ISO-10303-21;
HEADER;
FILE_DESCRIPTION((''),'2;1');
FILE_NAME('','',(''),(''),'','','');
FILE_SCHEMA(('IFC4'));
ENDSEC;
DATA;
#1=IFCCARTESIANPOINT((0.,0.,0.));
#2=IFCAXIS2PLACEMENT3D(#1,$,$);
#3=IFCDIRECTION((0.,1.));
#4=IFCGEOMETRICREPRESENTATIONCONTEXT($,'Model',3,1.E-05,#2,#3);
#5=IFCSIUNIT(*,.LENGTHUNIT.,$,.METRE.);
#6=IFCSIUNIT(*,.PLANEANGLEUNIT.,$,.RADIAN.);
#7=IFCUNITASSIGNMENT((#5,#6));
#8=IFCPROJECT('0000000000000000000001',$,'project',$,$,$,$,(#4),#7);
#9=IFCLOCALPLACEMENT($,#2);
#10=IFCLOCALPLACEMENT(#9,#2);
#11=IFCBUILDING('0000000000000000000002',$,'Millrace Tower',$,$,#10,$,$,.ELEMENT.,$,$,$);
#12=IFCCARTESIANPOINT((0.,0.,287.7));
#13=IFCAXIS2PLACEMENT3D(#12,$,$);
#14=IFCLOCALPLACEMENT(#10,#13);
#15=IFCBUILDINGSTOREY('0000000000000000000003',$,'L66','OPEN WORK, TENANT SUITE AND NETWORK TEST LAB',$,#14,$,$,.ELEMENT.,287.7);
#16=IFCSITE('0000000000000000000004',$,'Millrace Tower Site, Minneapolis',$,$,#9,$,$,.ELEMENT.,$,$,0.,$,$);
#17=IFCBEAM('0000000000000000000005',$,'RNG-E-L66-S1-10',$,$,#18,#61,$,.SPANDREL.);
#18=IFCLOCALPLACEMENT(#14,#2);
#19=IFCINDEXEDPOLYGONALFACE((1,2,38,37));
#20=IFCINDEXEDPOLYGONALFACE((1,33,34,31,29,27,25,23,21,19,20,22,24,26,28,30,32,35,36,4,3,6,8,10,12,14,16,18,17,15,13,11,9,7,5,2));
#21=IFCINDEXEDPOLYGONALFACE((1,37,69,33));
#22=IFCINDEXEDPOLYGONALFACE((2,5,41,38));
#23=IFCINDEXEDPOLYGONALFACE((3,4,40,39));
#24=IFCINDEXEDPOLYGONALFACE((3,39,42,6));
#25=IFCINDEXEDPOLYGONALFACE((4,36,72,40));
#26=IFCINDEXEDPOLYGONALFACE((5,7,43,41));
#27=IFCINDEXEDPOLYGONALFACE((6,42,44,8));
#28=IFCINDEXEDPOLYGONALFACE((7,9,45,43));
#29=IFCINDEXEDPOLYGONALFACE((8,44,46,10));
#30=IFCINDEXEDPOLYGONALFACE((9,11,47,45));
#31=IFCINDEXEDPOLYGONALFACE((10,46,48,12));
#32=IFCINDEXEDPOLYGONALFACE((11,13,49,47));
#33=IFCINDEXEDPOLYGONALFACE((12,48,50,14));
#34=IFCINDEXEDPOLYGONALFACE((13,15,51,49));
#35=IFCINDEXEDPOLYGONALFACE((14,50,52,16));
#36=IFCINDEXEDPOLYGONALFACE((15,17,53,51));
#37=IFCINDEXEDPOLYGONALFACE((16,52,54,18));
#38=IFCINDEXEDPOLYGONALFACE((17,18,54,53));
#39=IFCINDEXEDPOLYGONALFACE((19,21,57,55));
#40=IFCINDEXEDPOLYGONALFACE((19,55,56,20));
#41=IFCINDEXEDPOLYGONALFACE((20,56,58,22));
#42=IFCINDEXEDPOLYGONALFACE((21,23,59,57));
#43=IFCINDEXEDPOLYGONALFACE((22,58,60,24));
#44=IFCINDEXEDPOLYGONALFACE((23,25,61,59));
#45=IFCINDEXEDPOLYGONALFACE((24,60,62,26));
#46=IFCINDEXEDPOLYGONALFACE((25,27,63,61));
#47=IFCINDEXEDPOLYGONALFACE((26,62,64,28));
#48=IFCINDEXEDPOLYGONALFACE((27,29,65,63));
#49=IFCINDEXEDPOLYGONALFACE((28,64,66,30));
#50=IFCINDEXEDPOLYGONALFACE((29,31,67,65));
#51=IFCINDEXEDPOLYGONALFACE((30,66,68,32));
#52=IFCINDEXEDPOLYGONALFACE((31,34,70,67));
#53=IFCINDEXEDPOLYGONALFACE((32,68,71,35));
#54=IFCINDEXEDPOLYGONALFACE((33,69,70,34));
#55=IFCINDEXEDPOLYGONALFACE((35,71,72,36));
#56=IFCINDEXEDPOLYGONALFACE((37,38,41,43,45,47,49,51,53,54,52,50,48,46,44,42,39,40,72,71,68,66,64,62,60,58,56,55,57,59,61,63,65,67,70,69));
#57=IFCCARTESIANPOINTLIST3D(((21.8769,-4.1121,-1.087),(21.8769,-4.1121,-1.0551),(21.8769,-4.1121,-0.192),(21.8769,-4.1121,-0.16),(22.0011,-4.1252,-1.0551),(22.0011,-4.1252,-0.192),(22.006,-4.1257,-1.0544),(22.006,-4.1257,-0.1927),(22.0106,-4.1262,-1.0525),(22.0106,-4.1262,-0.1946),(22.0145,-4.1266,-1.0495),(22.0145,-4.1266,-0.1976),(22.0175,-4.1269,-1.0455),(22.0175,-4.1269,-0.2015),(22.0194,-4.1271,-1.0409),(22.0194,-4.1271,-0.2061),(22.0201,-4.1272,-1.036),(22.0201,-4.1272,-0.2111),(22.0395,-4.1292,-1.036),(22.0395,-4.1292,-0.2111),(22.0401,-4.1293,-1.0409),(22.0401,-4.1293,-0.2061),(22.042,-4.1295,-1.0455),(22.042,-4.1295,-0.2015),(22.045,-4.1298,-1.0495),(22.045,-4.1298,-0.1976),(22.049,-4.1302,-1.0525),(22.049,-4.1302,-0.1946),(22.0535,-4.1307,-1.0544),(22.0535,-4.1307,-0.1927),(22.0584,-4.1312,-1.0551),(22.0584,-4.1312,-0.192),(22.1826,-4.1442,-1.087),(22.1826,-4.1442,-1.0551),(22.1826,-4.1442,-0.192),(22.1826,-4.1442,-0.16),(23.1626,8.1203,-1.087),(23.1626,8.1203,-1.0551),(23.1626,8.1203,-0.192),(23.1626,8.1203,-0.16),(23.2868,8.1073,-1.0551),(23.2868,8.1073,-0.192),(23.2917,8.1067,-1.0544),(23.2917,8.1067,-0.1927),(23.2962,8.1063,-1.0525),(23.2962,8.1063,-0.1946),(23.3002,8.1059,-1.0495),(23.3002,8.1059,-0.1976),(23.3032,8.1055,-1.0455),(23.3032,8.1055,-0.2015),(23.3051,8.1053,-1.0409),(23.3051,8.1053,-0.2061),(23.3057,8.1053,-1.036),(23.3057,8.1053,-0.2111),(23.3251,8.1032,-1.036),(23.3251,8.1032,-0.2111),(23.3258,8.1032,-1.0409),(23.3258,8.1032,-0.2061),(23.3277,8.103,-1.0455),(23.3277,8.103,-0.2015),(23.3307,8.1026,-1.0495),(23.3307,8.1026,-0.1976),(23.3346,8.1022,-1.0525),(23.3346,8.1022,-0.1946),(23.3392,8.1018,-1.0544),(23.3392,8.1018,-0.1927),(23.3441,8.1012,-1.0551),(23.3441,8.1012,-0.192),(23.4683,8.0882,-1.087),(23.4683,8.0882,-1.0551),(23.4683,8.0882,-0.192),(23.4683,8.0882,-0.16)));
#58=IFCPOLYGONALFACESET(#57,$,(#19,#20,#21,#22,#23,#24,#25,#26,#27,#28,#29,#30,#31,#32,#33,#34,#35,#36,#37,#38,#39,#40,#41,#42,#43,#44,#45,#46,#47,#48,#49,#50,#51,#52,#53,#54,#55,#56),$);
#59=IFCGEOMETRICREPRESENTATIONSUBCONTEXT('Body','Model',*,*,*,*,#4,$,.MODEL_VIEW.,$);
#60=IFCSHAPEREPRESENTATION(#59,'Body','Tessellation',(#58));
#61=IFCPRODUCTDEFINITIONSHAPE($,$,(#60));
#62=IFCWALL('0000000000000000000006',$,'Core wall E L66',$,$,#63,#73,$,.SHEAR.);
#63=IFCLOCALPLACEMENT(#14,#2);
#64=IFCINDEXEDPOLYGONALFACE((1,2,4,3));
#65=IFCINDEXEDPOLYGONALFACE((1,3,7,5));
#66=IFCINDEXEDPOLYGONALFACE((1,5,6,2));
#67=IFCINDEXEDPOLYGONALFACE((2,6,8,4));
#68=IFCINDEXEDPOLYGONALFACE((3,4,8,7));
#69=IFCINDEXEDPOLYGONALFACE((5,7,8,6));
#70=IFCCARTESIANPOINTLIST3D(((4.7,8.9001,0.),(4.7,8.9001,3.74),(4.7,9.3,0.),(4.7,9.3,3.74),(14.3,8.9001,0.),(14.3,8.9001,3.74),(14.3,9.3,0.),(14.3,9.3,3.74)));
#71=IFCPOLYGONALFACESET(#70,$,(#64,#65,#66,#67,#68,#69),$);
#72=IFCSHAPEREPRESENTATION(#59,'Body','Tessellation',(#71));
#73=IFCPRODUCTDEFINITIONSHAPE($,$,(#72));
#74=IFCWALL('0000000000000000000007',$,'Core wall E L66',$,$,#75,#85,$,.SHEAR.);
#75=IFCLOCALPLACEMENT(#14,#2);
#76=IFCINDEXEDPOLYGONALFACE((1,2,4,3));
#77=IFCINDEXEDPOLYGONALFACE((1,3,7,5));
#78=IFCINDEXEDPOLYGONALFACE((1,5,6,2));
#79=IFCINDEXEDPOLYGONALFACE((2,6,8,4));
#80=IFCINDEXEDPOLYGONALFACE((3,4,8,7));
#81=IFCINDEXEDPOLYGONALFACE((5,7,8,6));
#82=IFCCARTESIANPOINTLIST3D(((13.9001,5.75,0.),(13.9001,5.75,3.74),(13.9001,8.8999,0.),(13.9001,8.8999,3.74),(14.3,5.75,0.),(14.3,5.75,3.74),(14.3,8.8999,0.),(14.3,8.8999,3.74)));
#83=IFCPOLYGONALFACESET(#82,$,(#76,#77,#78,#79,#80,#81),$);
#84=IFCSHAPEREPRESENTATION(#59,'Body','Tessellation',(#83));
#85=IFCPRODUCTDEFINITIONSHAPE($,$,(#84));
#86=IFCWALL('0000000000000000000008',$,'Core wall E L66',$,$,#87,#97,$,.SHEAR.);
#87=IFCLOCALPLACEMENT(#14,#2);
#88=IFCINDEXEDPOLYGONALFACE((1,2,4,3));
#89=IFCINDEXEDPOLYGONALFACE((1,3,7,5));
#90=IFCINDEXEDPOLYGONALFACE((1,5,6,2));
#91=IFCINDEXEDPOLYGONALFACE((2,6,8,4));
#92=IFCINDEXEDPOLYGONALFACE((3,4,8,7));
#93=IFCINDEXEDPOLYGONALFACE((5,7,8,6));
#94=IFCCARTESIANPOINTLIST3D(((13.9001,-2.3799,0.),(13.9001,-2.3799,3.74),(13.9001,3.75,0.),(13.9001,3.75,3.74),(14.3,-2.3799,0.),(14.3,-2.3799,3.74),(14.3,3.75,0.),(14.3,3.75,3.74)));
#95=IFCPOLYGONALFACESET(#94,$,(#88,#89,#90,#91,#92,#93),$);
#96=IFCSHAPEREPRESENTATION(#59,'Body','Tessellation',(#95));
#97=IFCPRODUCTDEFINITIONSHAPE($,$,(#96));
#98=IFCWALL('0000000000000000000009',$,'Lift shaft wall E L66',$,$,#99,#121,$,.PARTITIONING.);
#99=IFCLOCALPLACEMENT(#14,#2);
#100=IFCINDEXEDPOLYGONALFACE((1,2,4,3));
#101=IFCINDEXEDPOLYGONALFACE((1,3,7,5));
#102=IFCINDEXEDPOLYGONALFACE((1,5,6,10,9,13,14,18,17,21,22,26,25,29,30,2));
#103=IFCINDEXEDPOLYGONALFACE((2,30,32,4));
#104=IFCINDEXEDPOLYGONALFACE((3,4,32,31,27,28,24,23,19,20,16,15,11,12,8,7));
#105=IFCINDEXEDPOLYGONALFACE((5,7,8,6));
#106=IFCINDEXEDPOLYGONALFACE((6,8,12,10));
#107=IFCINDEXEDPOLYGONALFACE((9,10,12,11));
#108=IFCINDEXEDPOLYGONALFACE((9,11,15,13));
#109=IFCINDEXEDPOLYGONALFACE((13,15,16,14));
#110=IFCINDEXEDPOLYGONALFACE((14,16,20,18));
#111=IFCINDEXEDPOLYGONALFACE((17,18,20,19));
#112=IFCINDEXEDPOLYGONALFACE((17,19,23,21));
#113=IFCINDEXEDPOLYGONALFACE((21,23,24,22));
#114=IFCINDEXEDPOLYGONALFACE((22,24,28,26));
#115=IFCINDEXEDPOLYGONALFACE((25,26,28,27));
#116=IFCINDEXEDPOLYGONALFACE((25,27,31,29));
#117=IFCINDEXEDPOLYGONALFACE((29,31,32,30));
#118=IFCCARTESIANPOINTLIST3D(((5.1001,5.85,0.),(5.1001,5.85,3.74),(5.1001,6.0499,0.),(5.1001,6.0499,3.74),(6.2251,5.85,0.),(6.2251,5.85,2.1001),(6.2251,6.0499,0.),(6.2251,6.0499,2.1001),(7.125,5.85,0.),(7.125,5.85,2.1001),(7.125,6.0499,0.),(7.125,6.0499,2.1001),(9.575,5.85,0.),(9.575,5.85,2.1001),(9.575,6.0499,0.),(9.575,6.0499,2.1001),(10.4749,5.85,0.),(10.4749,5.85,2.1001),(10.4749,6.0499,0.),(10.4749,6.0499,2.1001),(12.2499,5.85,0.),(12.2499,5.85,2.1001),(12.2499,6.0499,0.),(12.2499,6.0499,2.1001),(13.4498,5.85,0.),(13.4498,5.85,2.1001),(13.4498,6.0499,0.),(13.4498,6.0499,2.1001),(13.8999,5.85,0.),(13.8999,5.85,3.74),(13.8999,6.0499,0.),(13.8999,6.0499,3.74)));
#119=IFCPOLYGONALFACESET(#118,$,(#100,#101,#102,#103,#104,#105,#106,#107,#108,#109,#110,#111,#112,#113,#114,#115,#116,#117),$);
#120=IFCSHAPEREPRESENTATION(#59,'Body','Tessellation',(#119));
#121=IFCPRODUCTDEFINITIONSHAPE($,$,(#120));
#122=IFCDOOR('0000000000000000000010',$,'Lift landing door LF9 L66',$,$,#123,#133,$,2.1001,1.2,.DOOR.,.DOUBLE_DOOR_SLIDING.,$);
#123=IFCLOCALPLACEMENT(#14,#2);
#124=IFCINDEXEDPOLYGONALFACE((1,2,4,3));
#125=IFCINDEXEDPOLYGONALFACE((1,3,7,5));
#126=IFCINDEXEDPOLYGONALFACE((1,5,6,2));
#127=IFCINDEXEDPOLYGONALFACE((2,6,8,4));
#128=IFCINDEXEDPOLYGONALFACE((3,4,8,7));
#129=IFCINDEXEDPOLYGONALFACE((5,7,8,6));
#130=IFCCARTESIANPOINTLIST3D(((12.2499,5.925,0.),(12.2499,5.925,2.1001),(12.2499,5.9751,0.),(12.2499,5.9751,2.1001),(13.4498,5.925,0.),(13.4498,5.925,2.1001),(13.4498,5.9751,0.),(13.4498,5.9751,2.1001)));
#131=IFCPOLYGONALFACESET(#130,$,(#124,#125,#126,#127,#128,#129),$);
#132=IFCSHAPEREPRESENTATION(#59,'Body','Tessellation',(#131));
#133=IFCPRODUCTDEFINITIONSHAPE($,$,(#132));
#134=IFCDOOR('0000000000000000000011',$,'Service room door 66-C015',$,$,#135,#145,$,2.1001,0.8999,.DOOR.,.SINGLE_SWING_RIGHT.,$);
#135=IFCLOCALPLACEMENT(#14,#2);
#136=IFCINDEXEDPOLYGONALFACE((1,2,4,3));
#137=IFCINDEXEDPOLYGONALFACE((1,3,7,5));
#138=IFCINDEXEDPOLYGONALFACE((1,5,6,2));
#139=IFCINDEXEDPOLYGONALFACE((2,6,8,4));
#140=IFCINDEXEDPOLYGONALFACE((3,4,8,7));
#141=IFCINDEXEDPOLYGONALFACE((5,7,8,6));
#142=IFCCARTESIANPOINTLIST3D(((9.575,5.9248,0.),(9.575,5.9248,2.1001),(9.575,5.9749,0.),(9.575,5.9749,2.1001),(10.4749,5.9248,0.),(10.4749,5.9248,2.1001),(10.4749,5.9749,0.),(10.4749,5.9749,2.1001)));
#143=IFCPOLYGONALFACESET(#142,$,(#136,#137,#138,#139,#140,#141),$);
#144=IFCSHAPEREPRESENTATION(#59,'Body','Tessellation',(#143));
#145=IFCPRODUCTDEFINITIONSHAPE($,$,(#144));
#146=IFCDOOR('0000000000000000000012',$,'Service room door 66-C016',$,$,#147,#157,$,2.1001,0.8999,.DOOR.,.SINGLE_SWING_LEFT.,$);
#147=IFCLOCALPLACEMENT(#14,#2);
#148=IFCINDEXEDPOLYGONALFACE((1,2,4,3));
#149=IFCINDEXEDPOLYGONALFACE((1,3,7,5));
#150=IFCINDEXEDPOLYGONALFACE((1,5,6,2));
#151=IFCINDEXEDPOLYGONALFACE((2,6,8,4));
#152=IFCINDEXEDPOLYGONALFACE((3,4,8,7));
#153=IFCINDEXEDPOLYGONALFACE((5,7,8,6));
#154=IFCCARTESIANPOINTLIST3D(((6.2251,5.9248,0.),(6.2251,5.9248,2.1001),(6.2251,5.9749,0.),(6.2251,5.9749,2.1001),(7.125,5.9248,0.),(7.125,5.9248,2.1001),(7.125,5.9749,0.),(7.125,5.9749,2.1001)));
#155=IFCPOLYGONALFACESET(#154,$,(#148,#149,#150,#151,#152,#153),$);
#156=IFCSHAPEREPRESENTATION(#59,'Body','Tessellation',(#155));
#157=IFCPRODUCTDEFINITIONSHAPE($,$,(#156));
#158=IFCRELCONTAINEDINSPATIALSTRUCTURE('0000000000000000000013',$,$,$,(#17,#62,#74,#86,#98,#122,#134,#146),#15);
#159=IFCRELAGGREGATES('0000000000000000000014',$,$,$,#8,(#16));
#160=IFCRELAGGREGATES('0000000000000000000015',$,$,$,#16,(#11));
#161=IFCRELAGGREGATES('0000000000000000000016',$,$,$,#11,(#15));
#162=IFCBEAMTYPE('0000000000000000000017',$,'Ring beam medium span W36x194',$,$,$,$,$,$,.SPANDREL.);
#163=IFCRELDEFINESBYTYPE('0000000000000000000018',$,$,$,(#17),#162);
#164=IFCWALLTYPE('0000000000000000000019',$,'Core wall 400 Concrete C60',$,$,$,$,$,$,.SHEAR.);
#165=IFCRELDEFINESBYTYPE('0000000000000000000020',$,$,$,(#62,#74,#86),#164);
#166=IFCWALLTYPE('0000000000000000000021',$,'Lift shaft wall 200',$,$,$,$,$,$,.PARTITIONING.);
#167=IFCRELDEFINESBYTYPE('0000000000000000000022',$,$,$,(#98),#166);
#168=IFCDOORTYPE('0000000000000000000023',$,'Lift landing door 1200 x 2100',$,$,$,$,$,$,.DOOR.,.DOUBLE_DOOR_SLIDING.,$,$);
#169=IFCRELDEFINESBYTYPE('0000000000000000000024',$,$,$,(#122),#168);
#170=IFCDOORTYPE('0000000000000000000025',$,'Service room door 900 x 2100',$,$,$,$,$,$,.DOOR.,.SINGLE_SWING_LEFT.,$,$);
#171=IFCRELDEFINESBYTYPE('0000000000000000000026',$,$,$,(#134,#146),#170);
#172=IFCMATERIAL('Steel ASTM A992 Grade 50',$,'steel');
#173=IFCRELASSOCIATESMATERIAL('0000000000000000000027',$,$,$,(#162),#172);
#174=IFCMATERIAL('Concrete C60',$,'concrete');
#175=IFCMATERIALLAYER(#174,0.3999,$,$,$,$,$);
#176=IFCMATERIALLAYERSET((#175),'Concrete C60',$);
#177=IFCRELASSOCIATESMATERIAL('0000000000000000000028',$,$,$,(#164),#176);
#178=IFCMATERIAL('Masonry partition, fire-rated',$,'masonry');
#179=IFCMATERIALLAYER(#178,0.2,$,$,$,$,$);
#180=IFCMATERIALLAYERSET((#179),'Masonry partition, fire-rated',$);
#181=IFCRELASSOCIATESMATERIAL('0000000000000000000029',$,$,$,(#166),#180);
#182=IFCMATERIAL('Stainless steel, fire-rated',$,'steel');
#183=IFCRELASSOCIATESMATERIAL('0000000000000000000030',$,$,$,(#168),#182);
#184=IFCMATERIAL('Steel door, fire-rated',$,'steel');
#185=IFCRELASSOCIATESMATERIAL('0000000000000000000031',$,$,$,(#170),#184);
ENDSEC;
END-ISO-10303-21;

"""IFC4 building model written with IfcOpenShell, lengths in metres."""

from ifc_helpers import new_model, si_unit, direction, frame, frame_2d, origin, origin_2d, place, context, subcontext, project, spatial, rectangle, i_section, extrude, material, layer, layer_set, material_profile, profile_set, type_object, element, fill, save


model = new_model("IFC4")

# Units and contexts
model_context = context("Model", 3, precision=1e-05, world=origin(), true_north=direction((0.0, 1.0)))
body_context = subcontext(model_context, "Body", "Model", "MODEL_VIEW")
ifc_project = project(units=[si_unit("LENGTHUNIT", "METRE"), si_unit("PLANEANGLEUNIT", "RADIAN")], contexts=[model_context])

# Site, building, storey
site_placement = place(None, origin())
site = spatial("IfcSite", under=ifc_project, at=site_placement, Name="Millrace Tower Site, Minneapolis", CompositionType="ELEMENT", RefElevation=0.0)
building_placement = place(site_placement, origin())
building = spatial("IfcBuilding", under=site, at=building_placement, Name="Millrace Tower", CompositionType="ELEMENT")
storey_placement = place(building_placement, frame((0.0, 0.0, 287.7)))
storey = spatial("IfcBuildingStorey", under=building, at=storey_placement, Name="L66", Description="OPEN WORK, TENANT SUITE AND NETWORK TEST LAB", CompositionType="ELEMENT", Elevation=287.7)

# Beam
ifc_material_1 = material(Name="Steel ASTM A992 Grade 50", Category="steel")
ifc_material_profile_1 = material_profile(ifc_material_1, i_section(OverallWidth=0.3074, OverallDepth=0.927, WebThickness=0.0195, FlangeThickness=0.032, FilletRadius=0.019, at=origin_2d()))
ifc_profile_set_1 = profile_set([ifc_material_profile_1], Name="Steel ASTM A992 Grade 50")
beam_type_1 = type_object("IfcBeamType", Name="Ring beam medium span W36x194", PredefinedType="SPANDREL", material=ifc_profile_set_1)
beam_1_placement = place(storey_placement, frame((23.3154, 8.1042, -0.6235), z_axis=(-0.104526, -0.994522, 0.0), x_axis=(0.994522, -0.104526, 0.0)))
element("IfcBeam", 1, at=beam_1_placement, inside=storey, type_object=beam_type_1, Name="RNG-E-L66-S1-10", PredefinedType="SPANDREL", context=body_context, shape_type="SweptSolid", body=[
    extrude(i_section(OverallWidth=0.3074, OverallDepth=0.927, WebThickness=0.0195, FlangeThickness=0.032, FilletRadius=0.019, at=origin_2d()), origin(), (0.0, 0.0, 1.0), 12.2998),
])

# Walls
ifc_material_2 = material(Name="Concrete C60", Category="concrete")
ifc_layer_1 = layer(ifc_material_2, 0.3999)
ifc_layer_set_1 = layer_set([ifc_layer_1], Name="Concrete C60")
wall_type_1 = type_object("IfcWallType", Name="Core wall 400 Concrete C60", PredefinedType="SHEAR", material=ifc_layer_set_1)
wall_1_placement = place(storey_placement, frame((14.3, 9.1001, 0.0), z_axis=(0.0, 0.0, 1.0), x_axis=(-1.0, 0.0, 0.0)))
element("IfcWall", 2, at=wall_1_placement, inside=storey, type_object=wall_type_1, Name="Core wall E L66", PredefinedType="SHEAR", context=body_context, shape_type="SweptSolid", body=[
    extrude(rectangle(XDim=9.6001, YDim=0.3999, at=frame_2d((4.8, 0.0))), origin(), (0.0, 0.0, 1.0), 3.74),
])
wall_2_placement = place(storey_placement, frame((14.1001, 8.8999, 0.0), z_axis=(0.0, 0.0, 1.0), x_axis=(0.0, -1.0, 0.0)))
element("IfcWall", 3, at=wall_2_placement, inside=storey, type_object=wall_type_1, Name="Core wall E L66", PredefinedType="SHEAR", context=body_context, shape_type="SweptSolid", body=[
    extrude(rectangle(XDim=3.1499, YDim=0.3999, at=frame_2d((1.575, 0.0))), origin(), (0.0, 0.0, 1.0), 3.74),
])
wall_3_placement = place(storey_placement, frame((14.1001, 3.75, 0.0), z_axis=(0.0, 0.0, 1.0), x_axis=(0.0, -1.0, 0.0)))
element("IfcWall", 4, at=wall_3_placement, inside=storey, type_object=wall_type_1, Name="Core wall E L66", PredefinedType="SHEAR", context=body_context, shape_type="SweptSolid", body=[
    extrude(rectangle(XDim=6.1299, YDim=0.3999, at=frame_2d((3.0649, 0.0))), origin(), (0.0, 0.0, 1.0), 3.74),
])

# Wall, openings, doors
ifc_material_3 = material(Name="Masonry partition, fire-rated", Category="masonry")
ifc_layer_2 = layer(ifc_material_3, 0.2)
ifc_layer_set_2 = layer_set([ifc_layer_2], Name="Masonry partition, fire-rated")
wall_type_2 = type_object("IfcWallType", Name="Lift shaft wall 200", PredefinedType="PARTITIONING", material=ifc_layer_set_2)
wall_4_placement = place(storey_placement, frame((13.8999, 5.95, 0.0), z_axis=(0.0, 0.0, 1.0), x_axis=(-1.0, 0.0, 0.0)))
wall_4 = element("IfcWall", 5, at=wall_4_placement, inside=storey, type_object=wall_type_2, Name="Lift shaft wall E L66", PredefinedType="PARTITIONING", context=body_context, shape_type="SweptSolid", body=[
    extrude(rectangle(XDim=8.7998, YDim=0.2, at=frame_2d((4.3999, 0.0))), origin(), (0.0, 0.0, 1.0), 3.74),
])
opening_1_placement = place(wall_4_placement, frame((0.45, 0.0, 0.0)))
opening_1 = element("IfcOpeningElement", 6, at=opening_1_placement, cuts=wall_4, PredefinedType="OPENING", context=body_context, shape_type="SweptSolid", body=[
    extrude(rectangle(XDim=1.2, YDim=2.1001, at=frame_2d((0.6001, 1.05))), frame((0.0, 0.1099, 0.0), z_axis=(0.0, -1.0, 0.0), x_axis=(1.0, 0.0, 0.0)), (0.0, 0.0, 1.0), 0.22),
])
opening_2_placement = place(wall_4_placement, frame((3.425, 0.0, 0.0)))
opening_2 = element("IfcOpeningElement", 7, at=opening_2_placement, cuts=wall_4, PredefinedType="OPENING", context=body_context, shape_type="SweptSolid", body=[
    extrude(rectangle(XDim=0.8999, YDim=2.1001, at=frame_2d((0.45, 1.05))), frame((0.0, 0.1099, 0.0), z_axis=(0.0, -1.0, 0.0), x_axis=(1.0, 0.0, 0.0)), (0.0, 0.0, 1.0), 0.22),
])
opening_3_placement = place(wall_4_placement, frame((6.7749, 0.0, 0.0)))
opening_3 = element("IfcOpeningElement", 8, at=opening_3_placement, cuts=wall_4, PredefinedType="OPENING", context=body_context, shape_type="SweptSolid", body=[
    extrude(rectangle(XDim=0.8999, YDim=2.1001, at=frame_2d((0.45, 1.05))), frame((0.0, 0.1099, 0.0), z_axis=(0.0, -1.0, 0.0), x_axis=(1.0, 0.0, 0.0)), (0.0, 0.0, 1.0), 0.22),
])
ifc_material_4 = material(Name="Stainless steel, fire-rated", Category="steel")
door_type_1 = type_object("IfcDoorType", Name="Lift landing door 1200 x 2100", OperationType="DOUBLE_DOOR_SLIDING", PredefinedType="DOOR", material=ifc_material_4)
door_1_placement = place(opening_1_placement, origin())
door_1 = element("IfcDoor", 9, at=door_1_placement, inside=storey, type_object=door_type_1, Name="Lift landing door LF9 L66", OperationType="DOUBLE_DOOR_SLIDING", OverallHeight=2.1001, OverallWidth=1.2, PredefinedType="DOOR", context=body_context, shape_type="SweptSolid", body=[
    extrude(rectangle(XDim=1.2, YDim=2.1001, at=frame_2d((0.6001, 1.05))), frame((0.0, 0.0249, 0.0), z_axis=(0.0, -1.0, 0.0), x_axis=(1.0, 0.0, 0.0)), (0.0, 0.0, 1.0), 0.05),
])
fill(opening_1, door_1)
ifc_material_5 = material(Name="Steel door, fire-rated", Category="steel")
door_type_2 = type_object("IfcDoorType", Name="Service room door 900 x 2100", OperationType="SINGLE_SWING_LEFT", PredefinedType="DOOR", material=ifc_material_5)
door_2_placement = place(opening_2_placement, frame((0.8999, 0.0, 0.0), z_axis=(0.0, 0.0, 1.0), x_axis=(-1.0, 0.0, 0.0)))
door_2 = element("IfcDoor", 10, at=door_2_placement, inside=storey, type_object=door_type_2, Name="Service room door 66-C015", OperationType="SINGLE_SWING_RIGHT", OverallHeight=2.1001, OverallWidth=0.8999, PredefinedType="DOOR", context=body_context, shape_type="SweptSolid", body=[
    extrude(rectangle(XDim=0.8999, YDim=2.1001, at=frame_2d((0.45, 1.05))), frame((0.0, 0.0249, 0.0), z_axis=(0.0, -1.0, 0.0), x_axis=(1.0, 0.0, 0.0)), (0.0, 0.0, 1.0), 0.05),
])
fill(opening_2, door_2)
door_3_placement = place(opening_3_placement, frame((0.8999, 0.0, 0.0), z_axis=(0.0, 0.0, 1.0), x_axis=(-1.0, 0.0, 0.0)))
door_3 = element("IfcDoor", 11, at=door_3_placement, inside=storey, type_object=door_type_2, Name="Service room door 66-C016", OperationType="SINGLE_SWING_LEFT", OverallHeight=2.1001, OverallWidth=0.8999, PredefinedType="DOOR", context=body_context, shape_type="SweptSolid", body=[
    extrude(rectangle(XDim=0.8999, YDim=2.1001, at=frame_2d((0.45, 1.05))), frame((0.0, 0.0249, 0.0), z_axis=(0.0, -1.0, 0.0), x_axis=(1.0, 0.0, 0.0)), (0.0, 0.0, 1.0), 0.05),
])
fill(opening_3, door_3)

save(model, "model.ifc")
